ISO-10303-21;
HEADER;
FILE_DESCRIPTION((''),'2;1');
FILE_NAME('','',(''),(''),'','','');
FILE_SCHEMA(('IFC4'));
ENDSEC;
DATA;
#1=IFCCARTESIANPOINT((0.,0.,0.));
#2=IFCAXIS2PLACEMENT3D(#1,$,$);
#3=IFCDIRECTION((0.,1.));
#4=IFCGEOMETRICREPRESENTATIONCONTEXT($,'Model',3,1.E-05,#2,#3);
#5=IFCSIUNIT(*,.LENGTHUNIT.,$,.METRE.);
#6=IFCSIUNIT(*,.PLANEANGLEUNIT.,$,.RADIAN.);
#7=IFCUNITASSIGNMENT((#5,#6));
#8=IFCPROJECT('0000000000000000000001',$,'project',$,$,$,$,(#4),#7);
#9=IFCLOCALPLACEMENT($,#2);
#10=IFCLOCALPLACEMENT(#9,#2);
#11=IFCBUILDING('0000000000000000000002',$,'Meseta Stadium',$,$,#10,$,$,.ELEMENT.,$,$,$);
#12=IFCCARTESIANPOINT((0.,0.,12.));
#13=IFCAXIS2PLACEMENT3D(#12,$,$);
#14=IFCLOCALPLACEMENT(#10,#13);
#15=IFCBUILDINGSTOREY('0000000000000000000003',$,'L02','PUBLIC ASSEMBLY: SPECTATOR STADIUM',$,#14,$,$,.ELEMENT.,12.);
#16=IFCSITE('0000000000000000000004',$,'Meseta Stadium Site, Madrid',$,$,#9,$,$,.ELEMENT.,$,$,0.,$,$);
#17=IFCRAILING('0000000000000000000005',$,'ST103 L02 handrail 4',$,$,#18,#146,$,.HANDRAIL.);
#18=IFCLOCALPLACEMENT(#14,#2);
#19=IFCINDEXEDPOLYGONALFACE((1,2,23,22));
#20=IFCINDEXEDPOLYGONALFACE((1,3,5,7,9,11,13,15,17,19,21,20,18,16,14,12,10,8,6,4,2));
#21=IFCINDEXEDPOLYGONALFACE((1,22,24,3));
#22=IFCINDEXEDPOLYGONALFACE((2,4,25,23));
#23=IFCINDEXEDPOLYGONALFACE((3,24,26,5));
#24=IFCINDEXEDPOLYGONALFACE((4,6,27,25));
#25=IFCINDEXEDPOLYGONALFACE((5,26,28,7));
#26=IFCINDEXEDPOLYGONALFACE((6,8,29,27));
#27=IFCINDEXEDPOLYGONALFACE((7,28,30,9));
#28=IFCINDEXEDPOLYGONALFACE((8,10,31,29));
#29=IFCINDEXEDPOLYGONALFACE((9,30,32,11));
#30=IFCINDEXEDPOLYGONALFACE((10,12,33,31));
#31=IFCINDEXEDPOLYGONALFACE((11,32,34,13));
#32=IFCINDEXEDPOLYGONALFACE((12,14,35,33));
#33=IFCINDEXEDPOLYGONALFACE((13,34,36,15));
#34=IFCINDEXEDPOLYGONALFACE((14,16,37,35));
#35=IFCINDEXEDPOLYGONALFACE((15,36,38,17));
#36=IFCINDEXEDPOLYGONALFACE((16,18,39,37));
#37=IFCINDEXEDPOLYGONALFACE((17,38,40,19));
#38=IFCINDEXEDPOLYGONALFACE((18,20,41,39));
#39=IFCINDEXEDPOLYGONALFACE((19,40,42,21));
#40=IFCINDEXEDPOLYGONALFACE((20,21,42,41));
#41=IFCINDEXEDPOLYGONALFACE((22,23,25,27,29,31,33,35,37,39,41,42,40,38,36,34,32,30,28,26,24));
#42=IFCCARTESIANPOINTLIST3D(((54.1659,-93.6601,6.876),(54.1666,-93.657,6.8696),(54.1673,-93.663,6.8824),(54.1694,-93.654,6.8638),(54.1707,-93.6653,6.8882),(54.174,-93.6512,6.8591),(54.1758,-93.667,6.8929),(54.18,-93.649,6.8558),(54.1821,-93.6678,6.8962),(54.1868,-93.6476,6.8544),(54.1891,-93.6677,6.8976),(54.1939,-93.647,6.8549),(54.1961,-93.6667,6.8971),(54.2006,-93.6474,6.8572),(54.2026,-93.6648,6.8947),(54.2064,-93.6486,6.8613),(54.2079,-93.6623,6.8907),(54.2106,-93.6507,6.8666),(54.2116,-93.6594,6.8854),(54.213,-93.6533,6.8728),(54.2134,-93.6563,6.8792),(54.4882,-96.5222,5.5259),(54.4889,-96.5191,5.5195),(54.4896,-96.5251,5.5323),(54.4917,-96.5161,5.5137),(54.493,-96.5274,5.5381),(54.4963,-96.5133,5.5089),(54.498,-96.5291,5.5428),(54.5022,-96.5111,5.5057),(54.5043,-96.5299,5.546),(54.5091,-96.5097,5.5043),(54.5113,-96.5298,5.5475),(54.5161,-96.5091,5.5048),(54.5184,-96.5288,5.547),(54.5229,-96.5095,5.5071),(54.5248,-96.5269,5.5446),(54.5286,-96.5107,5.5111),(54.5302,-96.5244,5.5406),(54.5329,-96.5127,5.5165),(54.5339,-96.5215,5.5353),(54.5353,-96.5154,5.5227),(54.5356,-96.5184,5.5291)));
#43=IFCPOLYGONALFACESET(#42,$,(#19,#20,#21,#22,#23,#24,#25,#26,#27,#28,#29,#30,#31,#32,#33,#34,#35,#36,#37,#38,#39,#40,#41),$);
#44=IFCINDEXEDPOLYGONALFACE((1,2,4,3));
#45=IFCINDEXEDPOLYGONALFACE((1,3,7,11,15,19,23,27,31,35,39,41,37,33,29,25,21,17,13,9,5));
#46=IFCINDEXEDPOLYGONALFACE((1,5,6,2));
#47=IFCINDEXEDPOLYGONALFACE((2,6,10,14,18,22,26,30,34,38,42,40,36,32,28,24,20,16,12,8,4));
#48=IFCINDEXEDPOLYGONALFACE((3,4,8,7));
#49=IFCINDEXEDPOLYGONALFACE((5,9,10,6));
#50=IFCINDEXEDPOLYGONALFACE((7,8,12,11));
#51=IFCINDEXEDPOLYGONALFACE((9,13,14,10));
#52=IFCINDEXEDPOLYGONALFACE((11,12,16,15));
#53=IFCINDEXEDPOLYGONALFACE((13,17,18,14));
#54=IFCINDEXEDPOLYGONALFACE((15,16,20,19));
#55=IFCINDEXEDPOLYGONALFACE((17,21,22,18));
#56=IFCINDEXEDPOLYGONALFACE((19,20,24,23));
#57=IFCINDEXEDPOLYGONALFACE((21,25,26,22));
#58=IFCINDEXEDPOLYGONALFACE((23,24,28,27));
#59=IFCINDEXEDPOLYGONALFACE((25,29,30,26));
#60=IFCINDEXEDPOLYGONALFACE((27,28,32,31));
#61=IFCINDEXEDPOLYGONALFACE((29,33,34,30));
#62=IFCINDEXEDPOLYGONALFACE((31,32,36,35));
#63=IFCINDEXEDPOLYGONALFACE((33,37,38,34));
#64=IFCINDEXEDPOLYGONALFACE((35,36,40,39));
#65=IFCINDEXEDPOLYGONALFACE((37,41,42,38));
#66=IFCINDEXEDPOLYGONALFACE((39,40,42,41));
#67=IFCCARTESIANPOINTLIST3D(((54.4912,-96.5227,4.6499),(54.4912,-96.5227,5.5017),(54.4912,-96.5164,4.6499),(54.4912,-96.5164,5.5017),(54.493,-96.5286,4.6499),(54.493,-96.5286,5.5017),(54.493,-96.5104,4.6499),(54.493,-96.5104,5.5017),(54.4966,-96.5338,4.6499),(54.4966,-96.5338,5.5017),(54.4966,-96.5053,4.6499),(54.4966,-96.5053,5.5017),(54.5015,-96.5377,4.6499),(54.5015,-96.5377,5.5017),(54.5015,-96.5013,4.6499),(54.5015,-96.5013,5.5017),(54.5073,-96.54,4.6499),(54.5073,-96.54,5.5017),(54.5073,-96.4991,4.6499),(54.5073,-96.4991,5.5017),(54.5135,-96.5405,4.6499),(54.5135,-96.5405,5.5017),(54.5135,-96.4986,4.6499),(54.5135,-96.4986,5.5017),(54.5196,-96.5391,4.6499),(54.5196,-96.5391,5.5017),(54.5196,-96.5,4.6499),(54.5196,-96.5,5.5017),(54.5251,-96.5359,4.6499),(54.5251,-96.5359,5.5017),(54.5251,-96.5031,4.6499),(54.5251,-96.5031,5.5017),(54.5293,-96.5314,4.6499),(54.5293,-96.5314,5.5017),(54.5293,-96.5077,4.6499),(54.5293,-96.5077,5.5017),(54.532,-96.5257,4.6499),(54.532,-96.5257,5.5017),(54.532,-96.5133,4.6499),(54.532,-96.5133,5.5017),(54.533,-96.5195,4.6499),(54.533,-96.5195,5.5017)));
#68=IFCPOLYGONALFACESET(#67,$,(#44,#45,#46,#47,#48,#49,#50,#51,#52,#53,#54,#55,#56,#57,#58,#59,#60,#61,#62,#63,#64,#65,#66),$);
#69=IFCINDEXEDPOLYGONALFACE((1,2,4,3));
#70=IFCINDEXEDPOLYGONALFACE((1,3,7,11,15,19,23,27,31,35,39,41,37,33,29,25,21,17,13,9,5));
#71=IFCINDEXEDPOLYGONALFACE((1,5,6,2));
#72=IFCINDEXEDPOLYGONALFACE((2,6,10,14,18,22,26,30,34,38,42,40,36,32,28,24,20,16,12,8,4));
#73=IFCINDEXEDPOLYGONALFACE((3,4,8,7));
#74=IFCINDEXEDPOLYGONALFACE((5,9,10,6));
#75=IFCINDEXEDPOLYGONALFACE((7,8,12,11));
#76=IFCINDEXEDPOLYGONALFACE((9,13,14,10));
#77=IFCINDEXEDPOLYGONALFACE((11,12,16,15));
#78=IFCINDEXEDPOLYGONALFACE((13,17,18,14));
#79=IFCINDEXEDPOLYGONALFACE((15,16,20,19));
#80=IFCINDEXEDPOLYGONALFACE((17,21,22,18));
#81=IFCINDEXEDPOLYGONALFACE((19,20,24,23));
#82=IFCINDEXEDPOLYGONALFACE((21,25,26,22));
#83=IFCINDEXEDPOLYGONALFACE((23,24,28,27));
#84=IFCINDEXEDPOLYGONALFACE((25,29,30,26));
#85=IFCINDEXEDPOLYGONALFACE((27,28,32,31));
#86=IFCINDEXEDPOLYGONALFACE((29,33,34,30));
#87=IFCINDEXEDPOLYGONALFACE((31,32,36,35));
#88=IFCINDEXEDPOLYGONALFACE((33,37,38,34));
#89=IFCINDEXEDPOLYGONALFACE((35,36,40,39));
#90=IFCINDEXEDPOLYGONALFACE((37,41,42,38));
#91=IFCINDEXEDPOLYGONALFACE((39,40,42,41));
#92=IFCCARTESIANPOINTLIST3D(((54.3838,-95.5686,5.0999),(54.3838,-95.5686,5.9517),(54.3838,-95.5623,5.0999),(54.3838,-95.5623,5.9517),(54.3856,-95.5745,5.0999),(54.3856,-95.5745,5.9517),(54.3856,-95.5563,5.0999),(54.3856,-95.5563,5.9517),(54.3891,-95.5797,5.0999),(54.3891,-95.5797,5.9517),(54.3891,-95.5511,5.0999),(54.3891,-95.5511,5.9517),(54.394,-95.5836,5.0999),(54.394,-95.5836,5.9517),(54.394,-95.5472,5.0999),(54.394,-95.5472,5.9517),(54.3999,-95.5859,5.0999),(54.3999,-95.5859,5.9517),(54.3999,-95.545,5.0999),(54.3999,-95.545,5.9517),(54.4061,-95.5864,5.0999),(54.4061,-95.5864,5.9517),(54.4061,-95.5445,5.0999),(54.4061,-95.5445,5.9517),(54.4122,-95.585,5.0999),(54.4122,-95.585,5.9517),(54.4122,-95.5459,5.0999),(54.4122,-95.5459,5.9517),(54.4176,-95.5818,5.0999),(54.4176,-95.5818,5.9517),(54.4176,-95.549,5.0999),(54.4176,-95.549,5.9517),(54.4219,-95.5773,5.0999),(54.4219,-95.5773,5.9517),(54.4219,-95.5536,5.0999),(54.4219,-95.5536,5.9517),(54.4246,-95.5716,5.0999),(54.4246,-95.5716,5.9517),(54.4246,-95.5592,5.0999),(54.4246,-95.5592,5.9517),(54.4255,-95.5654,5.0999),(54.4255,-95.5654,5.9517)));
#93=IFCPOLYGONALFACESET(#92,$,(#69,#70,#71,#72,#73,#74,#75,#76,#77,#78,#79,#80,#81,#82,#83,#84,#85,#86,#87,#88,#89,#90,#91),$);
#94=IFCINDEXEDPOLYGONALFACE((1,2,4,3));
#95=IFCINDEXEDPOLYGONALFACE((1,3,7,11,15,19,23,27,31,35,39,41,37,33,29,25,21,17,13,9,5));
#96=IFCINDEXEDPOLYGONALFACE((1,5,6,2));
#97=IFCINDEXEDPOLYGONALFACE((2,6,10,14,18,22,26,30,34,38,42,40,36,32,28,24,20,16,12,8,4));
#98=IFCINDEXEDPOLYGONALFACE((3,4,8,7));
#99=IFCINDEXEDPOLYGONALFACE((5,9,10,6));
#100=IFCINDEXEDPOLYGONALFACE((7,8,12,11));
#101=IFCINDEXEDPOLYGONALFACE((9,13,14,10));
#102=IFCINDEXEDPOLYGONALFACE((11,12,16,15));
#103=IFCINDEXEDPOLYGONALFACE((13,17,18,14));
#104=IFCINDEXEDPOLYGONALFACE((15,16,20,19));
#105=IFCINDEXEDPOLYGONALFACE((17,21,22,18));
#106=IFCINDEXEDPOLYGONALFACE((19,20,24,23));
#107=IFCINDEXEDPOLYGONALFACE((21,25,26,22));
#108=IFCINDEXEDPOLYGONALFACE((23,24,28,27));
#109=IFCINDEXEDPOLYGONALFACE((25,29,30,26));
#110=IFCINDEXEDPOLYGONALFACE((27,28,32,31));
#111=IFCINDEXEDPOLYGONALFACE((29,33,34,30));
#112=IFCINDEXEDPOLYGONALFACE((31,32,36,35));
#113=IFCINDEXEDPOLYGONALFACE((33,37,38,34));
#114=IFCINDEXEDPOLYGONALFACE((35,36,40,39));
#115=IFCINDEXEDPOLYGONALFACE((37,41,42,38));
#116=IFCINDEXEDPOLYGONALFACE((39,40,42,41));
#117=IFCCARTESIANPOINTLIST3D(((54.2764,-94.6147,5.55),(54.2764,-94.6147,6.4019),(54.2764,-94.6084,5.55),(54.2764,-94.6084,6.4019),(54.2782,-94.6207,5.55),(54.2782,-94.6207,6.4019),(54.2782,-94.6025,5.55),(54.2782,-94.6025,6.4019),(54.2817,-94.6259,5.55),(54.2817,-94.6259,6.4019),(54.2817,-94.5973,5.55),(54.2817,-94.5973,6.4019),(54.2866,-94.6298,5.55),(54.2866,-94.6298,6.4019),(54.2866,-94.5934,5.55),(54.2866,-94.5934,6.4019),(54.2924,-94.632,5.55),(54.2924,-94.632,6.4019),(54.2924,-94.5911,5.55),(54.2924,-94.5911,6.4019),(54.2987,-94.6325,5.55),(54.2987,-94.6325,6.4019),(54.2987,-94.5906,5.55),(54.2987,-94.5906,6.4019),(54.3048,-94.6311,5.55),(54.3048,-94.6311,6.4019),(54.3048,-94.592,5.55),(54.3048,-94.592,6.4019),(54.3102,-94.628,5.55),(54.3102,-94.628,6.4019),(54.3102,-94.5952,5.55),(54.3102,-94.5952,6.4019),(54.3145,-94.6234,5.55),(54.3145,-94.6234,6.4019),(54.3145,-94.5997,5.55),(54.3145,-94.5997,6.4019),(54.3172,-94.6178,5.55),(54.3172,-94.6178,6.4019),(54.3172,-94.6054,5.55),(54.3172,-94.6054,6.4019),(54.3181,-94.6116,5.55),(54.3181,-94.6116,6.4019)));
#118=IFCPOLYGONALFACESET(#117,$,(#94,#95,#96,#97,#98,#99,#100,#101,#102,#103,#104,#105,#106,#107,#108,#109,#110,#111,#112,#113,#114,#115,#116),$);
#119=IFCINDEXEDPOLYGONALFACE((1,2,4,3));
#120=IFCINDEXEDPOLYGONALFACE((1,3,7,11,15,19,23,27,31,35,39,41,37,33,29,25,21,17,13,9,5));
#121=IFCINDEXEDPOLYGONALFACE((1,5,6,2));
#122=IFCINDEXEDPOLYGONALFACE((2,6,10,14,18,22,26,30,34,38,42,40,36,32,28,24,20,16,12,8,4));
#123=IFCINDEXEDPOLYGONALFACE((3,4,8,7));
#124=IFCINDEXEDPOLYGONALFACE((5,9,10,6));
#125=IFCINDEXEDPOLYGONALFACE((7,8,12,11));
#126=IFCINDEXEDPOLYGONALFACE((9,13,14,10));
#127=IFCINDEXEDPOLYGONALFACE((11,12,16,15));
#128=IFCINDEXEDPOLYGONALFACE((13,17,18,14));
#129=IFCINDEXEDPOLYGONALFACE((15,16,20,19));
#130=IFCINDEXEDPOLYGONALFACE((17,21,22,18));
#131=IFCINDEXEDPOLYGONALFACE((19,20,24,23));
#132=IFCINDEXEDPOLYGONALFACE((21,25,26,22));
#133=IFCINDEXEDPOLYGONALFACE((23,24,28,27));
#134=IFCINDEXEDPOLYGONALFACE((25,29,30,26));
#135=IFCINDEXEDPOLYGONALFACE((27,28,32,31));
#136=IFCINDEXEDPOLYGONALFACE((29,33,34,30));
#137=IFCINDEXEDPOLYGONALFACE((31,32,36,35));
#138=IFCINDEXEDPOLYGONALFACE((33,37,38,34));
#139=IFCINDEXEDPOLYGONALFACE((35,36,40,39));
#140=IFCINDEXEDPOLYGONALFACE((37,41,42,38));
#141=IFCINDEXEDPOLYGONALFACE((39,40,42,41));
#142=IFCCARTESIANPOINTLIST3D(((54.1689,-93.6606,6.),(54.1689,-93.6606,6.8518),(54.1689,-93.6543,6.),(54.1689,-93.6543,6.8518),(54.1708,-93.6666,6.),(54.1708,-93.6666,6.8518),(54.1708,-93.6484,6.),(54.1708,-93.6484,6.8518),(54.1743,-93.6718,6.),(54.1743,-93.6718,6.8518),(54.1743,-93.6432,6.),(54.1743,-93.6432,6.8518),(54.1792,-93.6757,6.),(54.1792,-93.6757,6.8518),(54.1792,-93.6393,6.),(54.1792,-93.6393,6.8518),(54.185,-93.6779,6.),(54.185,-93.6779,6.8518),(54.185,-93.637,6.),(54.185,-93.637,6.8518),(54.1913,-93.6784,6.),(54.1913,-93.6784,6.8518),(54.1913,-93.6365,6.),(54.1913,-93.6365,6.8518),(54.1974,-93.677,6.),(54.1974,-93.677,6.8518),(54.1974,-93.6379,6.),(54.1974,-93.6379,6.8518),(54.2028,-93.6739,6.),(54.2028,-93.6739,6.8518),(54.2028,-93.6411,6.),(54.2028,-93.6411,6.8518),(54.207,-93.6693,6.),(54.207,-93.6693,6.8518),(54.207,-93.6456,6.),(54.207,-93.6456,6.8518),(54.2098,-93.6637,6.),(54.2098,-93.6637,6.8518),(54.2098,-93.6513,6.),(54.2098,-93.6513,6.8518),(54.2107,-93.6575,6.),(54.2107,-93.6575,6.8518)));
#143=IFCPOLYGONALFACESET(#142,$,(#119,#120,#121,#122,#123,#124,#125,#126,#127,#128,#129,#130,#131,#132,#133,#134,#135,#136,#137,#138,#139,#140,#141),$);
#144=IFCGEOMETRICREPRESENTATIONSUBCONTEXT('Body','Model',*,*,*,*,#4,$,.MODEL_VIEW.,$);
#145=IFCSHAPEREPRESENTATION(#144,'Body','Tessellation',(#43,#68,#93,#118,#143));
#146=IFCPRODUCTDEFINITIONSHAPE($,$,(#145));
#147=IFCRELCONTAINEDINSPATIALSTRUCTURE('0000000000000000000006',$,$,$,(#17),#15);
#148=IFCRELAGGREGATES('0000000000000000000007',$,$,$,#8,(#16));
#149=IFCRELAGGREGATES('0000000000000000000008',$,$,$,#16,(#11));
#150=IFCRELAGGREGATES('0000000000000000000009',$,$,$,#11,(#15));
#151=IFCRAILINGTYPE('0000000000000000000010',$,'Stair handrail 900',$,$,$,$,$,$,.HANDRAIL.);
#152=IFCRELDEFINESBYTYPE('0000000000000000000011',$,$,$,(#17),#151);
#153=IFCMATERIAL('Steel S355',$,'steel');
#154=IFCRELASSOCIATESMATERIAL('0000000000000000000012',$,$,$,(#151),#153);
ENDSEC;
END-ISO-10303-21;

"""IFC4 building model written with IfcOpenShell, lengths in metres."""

from ifc_helpers import new_model, si_unit, direction, frame, origin, origin_2d, place, context, subcontext, project, spatial, circle, extrude, material, type_object, element, save


model = new_model("IFC4")

# Units and contexts
model_context = context("Model", 3, precision=1e-05, world=origin(), true_north=direction((0.0, 1.0)))
body_context = subcontext(model_context, "Body", "Model", "MODEL_VIEW")
ifc_project = project(units=[si_unit("LENGTHUNIT", "METRE"), si_unit("PLANEANGLEUNIT", "RADIAN")], contexts=[model_context])

# Site, building, storey
site_placement = place(None, origin())
site = spatial("IfcSite", under=ifc_project, at=site_placement, Name="Meseta Stadium Site, Madrid", CompositionType="ELEMENT", RefElevation=0.0)
building_placement = place(site_placement, origin())
building = spatial("IfcBuilding", under=site, at=building_placement, Name="Meseta Stadium", CompositionType="ELEMENT")
storey_placement = place(building_placement, frame((0.0, 0.0, 12.0)))
storey = spatial("IfcBuildingStorey", under=building, at=storey_placement, Name="L02", Description="PUBLIC ASSEMBLY: SPECTATOR STADIUM", CompositionType="ELEMENT", Elevation=12.0)

# Railing
ifc_material_1 = material(Name="Steel S355", Category="steel")
railing_type_1 = type_object("IfcRailingType", Name="Stair handrail 900", PredefinedType="HANDRAIL", material=ifc_material_1)
for number, where, name in (
    (1, (54.512, -96.5195, 4.6499), "ST103 L02 handrail 4"),
):
    element("IfcRailing", number, at=place(storey_placement, frame(where)), inside=storey, type_object=railing_type_1, Name=name, PredefinedType="HANDRAIL", context=body_context, shape_type="SweptSolid", body=[
        extrude(circle(Radius=0.0239, at=origin_2d()), frame((0.0, 0.0, 0.876), z_axis=(-0.101313, 0.89977, 0.424441), x_axis=(-0.99372, -0.111892, 0.0)), (0.0, 0.0, 1.0), 3.1809),
        extrude(circle(Radius=0.021, at=origin_2d()), origin(), (0.0, 0.0, 1.0), 0.8518),
        extrude(circle(Radius=0.021, at=origin_2d()), frame((-0.1074, 0.9541, 0.45)), (0.0, 0.0, 1.0), 0.8518),
        extrude(circle(Radius=0.021, at=origin_2d()), frame((-0.2148, 1.908, 0.9001)), (0.0, 0.0, 1.0), 0.8518),
        extrude(circle(Radius=0.021, at=origin_2d()), frame((-0.3223, 2.8621, 1.3501)), (0.0, 0.0, 1.0), 0.8518),
    ])

save(model, "model.ifc")
